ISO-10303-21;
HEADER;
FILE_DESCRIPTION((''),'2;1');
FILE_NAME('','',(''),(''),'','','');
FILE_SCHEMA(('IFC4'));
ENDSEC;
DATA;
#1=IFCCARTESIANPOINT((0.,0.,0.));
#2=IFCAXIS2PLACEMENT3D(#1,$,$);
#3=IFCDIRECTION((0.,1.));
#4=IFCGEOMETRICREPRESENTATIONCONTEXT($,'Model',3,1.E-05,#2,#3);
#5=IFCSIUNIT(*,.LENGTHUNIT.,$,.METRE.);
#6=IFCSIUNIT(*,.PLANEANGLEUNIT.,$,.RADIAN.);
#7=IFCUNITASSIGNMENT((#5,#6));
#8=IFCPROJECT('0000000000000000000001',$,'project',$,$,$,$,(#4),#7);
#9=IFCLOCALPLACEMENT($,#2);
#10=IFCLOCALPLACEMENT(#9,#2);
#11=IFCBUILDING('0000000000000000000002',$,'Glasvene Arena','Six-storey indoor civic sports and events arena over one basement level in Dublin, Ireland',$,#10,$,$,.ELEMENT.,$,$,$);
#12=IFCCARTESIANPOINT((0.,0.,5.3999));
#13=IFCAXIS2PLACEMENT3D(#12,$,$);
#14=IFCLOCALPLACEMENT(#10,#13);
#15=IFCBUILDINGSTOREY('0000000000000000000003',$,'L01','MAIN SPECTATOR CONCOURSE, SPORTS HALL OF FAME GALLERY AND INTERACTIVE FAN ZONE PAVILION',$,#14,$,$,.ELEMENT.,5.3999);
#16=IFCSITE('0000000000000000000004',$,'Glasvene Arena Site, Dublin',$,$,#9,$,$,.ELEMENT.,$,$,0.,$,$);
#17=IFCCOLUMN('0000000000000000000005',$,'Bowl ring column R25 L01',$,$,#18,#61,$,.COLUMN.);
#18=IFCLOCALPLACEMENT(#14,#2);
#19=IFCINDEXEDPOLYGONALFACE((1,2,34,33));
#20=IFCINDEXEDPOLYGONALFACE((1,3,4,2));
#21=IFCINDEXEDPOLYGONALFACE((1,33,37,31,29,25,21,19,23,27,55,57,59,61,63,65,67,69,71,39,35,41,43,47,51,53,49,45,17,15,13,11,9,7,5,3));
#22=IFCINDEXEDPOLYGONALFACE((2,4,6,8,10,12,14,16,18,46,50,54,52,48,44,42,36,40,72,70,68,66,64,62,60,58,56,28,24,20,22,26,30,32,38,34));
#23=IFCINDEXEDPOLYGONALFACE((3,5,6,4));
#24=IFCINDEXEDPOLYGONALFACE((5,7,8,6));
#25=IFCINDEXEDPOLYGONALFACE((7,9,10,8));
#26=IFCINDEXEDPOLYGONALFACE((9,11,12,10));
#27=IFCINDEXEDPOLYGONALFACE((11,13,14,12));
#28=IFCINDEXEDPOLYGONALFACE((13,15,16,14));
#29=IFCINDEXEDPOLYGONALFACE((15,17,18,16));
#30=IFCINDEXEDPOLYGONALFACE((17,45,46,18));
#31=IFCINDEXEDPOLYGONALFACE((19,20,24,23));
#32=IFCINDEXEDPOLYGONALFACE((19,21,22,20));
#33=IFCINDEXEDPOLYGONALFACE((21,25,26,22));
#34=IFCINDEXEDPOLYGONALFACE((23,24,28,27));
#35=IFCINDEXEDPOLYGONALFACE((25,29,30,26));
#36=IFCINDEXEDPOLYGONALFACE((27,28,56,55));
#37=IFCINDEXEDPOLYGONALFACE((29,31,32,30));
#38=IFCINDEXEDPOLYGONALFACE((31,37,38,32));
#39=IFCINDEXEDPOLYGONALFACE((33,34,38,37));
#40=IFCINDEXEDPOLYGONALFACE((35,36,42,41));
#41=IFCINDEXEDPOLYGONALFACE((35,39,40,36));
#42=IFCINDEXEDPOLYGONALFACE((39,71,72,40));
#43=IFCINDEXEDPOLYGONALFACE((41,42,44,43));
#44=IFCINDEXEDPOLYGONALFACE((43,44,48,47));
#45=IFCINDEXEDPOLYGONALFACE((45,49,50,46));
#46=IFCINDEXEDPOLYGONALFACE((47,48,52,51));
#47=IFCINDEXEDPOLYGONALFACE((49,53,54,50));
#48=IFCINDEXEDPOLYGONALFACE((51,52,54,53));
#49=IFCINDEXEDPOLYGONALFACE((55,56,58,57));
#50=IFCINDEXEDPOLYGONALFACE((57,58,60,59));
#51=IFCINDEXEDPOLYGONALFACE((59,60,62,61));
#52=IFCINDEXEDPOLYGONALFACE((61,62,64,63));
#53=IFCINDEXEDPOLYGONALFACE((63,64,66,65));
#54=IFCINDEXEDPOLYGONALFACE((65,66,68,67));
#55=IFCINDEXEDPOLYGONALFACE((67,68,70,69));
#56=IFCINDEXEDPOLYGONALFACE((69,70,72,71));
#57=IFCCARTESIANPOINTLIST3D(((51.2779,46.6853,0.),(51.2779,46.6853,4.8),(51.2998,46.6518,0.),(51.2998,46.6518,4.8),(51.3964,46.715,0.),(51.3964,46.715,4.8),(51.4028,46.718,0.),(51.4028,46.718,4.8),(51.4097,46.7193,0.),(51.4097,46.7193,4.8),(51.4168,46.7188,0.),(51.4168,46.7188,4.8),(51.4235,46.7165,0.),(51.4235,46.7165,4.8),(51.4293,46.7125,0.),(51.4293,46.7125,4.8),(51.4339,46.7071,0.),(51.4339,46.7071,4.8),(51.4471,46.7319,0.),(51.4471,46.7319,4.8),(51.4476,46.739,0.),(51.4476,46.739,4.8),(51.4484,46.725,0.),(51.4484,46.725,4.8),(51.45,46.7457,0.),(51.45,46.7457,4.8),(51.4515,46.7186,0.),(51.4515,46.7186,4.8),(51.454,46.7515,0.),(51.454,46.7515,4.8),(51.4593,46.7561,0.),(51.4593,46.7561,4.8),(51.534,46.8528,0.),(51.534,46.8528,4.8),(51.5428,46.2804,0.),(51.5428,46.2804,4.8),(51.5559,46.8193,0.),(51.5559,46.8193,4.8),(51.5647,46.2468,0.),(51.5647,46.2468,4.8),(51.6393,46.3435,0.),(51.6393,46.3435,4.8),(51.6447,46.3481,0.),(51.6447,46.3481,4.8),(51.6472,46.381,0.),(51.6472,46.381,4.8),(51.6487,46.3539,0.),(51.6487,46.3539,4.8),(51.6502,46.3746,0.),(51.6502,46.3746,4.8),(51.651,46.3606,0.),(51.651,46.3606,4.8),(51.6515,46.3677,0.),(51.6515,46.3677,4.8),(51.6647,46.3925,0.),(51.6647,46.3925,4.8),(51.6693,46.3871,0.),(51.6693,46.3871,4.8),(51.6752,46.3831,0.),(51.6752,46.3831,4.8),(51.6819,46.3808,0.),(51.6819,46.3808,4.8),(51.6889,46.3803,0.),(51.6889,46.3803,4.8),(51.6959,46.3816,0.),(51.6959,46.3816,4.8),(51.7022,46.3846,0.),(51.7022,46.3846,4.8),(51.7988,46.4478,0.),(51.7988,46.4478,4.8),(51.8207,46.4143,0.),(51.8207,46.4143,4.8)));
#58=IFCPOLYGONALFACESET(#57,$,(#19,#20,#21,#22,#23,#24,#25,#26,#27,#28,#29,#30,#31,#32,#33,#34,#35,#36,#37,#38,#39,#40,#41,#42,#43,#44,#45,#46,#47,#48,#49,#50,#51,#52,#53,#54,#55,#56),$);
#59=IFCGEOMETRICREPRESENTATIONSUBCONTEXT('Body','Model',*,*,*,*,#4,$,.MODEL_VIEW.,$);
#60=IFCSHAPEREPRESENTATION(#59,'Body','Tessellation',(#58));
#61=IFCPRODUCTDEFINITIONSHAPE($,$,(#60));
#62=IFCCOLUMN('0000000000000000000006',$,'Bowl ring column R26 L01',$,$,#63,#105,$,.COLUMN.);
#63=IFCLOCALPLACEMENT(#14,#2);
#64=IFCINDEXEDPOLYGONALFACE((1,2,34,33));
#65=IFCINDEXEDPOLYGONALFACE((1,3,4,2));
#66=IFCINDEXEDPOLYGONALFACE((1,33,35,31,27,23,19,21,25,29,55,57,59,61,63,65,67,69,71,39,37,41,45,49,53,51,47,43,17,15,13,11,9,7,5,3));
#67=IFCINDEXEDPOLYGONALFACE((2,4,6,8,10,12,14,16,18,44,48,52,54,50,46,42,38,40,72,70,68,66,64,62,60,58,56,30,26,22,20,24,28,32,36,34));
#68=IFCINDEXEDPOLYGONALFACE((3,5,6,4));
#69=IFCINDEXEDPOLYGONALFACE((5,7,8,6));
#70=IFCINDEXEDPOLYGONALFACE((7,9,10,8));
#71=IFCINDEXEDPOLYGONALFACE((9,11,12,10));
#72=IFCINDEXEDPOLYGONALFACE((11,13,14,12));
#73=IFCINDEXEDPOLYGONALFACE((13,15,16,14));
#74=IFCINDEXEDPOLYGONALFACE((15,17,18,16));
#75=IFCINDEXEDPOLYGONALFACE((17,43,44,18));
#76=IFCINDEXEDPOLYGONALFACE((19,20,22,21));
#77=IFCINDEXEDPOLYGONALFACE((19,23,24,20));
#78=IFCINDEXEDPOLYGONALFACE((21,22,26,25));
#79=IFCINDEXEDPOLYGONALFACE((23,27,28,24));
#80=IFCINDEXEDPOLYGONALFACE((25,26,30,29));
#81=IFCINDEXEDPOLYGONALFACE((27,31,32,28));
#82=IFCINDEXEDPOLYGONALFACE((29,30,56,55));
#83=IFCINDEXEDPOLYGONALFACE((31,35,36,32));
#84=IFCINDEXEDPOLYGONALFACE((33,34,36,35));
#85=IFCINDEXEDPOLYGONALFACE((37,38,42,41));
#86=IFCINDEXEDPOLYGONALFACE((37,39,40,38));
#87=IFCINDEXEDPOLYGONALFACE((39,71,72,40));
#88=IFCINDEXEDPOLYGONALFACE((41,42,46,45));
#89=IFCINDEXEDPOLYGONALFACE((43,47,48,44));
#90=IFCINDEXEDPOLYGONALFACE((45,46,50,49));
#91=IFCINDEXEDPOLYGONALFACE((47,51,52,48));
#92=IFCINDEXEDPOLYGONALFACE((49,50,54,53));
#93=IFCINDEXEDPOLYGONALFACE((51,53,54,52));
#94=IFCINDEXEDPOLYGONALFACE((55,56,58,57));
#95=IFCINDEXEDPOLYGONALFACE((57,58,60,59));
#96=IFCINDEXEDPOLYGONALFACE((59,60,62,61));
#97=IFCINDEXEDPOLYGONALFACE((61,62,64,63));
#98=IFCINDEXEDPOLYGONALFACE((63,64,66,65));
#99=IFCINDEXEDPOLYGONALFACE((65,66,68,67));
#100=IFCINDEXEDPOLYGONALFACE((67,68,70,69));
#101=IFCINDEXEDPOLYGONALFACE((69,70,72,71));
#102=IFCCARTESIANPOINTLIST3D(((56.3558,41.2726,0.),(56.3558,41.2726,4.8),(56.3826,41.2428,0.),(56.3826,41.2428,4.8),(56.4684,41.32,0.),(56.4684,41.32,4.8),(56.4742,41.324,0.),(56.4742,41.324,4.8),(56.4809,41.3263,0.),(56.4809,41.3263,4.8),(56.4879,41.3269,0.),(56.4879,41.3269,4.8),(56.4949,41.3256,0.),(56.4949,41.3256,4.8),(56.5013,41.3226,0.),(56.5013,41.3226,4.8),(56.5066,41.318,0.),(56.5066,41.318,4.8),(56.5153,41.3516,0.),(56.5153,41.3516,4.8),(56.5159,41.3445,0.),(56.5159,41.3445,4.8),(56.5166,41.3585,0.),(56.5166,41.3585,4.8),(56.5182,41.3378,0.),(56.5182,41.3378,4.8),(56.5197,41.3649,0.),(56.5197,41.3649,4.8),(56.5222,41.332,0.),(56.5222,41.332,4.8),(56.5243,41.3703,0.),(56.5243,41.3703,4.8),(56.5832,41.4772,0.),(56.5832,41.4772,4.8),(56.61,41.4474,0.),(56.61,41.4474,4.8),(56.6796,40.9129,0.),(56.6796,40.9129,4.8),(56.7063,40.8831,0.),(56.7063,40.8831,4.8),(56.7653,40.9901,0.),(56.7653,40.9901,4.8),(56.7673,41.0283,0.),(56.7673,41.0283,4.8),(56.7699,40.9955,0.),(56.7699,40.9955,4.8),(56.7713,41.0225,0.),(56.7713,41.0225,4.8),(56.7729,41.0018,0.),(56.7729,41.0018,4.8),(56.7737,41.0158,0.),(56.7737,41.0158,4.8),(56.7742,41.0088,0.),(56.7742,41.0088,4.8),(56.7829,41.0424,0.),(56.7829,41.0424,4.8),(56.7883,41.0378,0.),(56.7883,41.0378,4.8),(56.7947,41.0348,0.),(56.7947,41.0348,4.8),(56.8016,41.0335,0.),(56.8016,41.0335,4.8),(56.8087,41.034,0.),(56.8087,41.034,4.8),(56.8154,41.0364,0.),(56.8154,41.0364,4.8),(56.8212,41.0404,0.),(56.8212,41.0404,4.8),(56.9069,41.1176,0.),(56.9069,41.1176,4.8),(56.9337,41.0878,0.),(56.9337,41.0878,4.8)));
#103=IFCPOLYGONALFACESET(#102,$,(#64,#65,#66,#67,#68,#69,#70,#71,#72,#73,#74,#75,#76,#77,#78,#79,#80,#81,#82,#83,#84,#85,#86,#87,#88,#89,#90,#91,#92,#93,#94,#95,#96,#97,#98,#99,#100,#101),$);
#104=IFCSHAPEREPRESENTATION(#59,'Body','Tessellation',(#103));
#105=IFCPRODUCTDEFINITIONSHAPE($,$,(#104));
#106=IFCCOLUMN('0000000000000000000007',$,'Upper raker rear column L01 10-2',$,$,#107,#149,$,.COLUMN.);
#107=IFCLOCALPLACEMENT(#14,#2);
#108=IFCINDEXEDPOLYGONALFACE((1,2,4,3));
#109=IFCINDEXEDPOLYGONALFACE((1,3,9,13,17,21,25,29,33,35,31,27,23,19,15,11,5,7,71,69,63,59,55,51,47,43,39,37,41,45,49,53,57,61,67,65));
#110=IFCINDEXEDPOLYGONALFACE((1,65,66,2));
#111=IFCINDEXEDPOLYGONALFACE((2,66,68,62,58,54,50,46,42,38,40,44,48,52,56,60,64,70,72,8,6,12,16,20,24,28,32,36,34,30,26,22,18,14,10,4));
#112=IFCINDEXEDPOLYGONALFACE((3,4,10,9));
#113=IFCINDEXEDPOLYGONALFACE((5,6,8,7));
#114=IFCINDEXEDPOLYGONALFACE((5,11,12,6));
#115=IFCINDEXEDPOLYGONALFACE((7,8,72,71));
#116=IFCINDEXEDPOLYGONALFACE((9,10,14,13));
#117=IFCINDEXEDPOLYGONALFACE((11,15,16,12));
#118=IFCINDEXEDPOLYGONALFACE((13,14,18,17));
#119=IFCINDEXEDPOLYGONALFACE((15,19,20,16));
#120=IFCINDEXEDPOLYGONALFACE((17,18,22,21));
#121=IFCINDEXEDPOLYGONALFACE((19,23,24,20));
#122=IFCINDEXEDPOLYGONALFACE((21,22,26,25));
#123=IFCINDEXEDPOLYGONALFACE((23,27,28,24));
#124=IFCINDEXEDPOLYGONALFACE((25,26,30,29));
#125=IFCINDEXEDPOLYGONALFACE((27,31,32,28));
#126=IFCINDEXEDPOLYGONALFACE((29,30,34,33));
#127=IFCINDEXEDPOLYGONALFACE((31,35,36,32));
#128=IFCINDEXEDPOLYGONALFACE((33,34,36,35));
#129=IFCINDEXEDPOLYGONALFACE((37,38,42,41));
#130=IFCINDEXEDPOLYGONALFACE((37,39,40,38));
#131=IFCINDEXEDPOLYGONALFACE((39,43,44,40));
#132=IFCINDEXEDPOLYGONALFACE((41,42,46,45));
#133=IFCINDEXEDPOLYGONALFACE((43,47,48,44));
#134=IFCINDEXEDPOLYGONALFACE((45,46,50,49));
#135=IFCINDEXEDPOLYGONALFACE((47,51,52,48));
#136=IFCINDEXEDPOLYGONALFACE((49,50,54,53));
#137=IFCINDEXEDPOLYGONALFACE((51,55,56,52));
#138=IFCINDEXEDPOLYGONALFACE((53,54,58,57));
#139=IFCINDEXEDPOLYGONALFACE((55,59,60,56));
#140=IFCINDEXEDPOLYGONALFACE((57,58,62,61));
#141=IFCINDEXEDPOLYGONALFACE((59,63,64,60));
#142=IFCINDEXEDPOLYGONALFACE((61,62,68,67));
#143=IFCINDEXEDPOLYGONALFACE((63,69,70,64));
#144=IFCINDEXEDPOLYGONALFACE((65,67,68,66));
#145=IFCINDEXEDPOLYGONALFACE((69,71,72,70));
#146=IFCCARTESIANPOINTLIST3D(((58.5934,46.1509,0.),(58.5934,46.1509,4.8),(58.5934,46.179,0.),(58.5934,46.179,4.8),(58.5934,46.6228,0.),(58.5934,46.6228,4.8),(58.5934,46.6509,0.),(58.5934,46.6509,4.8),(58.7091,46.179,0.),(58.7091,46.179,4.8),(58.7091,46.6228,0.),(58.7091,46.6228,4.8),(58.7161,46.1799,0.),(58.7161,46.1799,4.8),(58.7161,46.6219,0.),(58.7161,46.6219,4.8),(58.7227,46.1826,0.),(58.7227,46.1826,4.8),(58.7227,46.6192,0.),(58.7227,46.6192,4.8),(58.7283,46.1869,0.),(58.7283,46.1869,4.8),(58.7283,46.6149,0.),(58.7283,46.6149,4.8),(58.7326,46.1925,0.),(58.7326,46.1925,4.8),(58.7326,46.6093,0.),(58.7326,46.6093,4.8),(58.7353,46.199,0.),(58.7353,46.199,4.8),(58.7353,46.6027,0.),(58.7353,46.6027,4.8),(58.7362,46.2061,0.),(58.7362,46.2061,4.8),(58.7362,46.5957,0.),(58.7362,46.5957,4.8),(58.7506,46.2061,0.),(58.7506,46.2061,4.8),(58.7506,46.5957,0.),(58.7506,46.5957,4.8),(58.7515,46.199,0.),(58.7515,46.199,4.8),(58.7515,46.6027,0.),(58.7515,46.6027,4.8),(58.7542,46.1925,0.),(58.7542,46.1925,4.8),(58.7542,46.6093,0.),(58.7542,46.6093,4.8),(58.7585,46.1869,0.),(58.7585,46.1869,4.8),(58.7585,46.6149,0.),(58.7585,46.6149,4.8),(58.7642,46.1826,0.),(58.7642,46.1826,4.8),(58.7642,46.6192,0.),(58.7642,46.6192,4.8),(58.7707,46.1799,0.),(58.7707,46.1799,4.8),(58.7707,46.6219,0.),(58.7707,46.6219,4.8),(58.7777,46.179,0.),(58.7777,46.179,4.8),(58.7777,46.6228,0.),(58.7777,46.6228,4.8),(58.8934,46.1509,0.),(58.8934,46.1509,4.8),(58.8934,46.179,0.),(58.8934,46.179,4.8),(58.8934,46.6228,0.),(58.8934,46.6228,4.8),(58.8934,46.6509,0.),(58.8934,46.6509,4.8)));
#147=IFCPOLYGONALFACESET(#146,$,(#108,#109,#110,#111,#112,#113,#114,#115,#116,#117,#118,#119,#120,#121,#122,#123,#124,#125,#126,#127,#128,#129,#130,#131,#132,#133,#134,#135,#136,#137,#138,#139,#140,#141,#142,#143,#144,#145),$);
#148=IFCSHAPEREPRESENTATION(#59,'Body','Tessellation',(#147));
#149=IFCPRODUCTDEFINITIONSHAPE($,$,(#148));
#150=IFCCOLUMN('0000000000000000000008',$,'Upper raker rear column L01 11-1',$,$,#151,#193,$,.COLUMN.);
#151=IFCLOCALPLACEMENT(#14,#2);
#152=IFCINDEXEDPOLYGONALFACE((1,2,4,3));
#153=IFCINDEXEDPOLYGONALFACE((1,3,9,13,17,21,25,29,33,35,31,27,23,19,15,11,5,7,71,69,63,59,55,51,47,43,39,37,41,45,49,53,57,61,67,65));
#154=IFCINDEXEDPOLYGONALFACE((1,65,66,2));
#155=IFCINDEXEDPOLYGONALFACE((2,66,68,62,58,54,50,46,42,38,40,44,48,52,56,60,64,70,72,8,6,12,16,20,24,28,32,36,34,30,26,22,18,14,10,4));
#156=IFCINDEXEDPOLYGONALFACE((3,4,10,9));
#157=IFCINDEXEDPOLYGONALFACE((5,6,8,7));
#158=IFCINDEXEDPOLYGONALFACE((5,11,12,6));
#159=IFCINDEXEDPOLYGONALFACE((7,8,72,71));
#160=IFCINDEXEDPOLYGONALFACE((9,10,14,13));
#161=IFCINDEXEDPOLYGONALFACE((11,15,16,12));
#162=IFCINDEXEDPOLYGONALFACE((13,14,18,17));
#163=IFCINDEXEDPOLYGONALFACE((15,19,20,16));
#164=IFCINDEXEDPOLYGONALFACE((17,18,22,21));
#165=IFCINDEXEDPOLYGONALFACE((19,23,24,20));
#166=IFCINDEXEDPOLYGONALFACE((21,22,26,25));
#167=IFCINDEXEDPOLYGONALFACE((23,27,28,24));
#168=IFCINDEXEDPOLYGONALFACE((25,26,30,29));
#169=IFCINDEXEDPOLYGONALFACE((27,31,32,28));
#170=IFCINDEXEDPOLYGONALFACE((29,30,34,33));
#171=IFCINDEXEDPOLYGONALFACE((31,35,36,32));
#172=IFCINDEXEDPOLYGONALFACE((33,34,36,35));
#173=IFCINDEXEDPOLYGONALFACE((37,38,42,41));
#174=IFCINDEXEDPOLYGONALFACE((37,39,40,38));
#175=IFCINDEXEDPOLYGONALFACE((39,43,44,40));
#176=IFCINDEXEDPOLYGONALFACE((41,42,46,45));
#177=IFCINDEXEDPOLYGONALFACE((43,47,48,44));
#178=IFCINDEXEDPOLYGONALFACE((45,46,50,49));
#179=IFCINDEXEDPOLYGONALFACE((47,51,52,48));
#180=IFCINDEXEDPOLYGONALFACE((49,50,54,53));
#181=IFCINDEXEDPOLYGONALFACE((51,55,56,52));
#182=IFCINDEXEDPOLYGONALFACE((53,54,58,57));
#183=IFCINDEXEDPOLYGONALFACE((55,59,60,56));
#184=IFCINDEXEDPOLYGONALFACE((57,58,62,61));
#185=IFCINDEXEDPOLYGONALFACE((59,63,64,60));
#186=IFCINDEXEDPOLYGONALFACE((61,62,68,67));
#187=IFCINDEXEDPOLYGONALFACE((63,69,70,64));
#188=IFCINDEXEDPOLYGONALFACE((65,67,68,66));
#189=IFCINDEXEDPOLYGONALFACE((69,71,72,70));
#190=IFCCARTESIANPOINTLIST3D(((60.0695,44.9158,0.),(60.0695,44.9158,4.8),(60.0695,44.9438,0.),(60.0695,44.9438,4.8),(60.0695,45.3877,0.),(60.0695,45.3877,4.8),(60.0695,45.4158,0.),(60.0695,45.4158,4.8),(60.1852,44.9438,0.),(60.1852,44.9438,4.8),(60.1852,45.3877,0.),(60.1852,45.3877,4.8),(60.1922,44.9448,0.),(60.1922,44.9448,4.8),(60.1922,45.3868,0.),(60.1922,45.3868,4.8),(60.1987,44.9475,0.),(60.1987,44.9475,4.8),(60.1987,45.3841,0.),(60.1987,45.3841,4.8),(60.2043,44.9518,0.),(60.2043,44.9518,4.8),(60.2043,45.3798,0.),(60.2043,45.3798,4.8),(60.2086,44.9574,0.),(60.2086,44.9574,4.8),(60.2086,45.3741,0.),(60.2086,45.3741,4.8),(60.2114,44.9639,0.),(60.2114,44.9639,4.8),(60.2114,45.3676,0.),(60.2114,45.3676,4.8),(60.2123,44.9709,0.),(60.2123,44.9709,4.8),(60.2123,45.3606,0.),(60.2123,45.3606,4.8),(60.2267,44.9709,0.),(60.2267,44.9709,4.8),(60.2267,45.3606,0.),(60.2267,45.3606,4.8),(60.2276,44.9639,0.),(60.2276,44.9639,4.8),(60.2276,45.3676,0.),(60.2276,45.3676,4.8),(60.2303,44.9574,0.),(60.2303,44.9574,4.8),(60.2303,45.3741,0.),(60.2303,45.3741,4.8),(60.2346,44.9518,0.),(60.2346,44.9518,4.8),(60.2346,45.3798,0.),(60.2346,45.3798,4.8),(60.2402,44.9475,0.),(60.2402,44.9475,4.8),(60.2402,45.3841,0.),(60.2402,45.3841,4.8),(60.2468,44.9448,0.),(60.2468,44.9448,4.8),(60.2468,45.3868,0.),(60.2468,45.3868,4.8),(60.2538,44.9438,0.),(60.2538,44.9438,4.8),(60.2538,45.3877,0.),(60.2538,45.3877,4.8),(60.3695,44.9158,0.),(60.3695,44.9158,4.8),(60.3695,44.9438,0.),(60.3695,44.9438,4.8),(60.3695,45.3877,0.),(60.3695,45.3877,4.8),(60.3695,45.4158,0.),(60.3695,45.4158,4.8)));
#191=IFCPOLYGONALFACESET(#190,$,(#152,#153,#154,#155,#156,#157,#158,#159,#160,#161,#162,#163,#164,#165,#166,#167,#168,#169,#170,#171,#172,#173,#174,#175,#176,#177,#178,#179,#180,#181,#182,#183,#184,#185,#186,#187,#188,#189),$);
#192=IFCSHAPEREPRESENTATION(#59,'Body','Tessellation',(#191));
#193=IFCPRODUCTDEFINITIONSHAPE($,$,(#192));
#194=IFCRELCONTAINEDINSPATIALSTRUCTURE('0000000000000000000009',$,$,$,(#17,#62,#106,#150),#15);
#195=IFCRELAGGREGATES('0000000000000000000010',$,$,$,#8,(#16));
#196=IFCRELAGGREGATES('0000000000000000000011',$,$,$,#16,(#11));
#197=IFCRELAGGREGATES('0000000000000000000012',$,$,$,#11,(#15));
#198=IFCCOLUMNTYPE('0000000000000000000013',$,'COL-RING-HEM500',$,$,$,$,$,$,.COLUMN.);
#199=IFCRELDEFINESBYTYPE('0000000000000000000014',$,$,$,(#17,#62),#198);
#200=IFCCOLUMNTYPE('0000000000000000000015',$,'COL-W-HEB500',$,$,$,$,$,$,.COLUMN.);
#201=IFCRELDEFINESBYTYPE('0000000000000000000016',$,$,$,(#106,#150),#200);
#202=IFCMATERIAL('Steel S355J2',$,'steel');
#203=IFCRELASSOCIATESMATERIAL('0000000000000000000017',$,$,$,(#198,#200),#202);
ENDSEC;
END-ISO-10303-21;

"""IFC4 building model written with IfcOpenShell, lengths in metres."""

from ifc_helpers import new_model, si_unit, direction, frame, origin, origin_2d, place, context, subcontext, project, spatial, i_section, extrude, material, material_profile, profile_set, type_object, element, save


model = new_model("IFC4")

# Units and contexts
model_context = context("Model", 3, precision=1e-05, world=origin(), true_north=direction((0.0, 1.0)))
body_context = subcontext(model_context, "Body", "Model", "MODEL_VIEW")
ifc_project = project(units=[si_unit("LENGTHUNIT", "METRE"), si_unit("PLANEANGLEUNIT", "RADIAN")], contexts=[model_context])

# Site, building, storey
site_placement = place(None, origin())
site = spatial("IfcSite", under=ifc_project, at=site_placement, Name="Glasvene Arena Site, Dublin", CompositionType="ELEMENT", RefElevation=0.0)
building_placement = place(site_placement, origin())
building = spatial("IfcBuilding", under=site, at=building_placement, Name="Glasvene Arena", Description="Six-storey indoor civic sports and events arena over one basement level in Dublin, Ireland", CompositionType="ELEMENT")
storey_placement = place(building_placement, frame((0.0, 0.0, 5.3999)))
storey = spatial("IfcBuildingStorey", under=building, at=storey_placement, Name="L01", Description="MAIN SPECTATOR CONCOURSE, SPORTS HALL OF FAME GALLERY AND INTERACTIVE FAN ZONE PAVILION", CompositionType="ELEMENT", Elevation=5.3999)

# Columns
ifc_material_1 = material(Name="Steel S355J2", Category="steel")
ifc_material_profile_1 = material_profile(ifc_material_1, i_section(OverallWidth=0.3059, OverallDepth=0.5239, WebThickness=0.021, FlangeThickness=0.04, FilletRadius=0.0271, at=origin_2d()), Name="HEM 500")
ifc_profile_set_1 = profile_set([ifc_material_profile_1], Name="Steel S355J2")
column_type_1 = type_object("IfcColumnType", Name="COL-RING-HEM500", PredefinedType="COLUMN", material=ifc_profile_set_1)
for number, where, z_axis, x_axis, name in (
    (1, (51.5493, 46.5498, 0.0), (0.0, 0.0, 1.0), (-0.836955, -0.547271, 0.0), "Bowl ring column R25 L01"),
    (2, (56.6448, 41.1802, 0.0), (0.0, 0.0, 1.0), (-0.743262, -0.669001, 0.0), "Bowl ring column R26 L01"),
):
    element("IfcColumn", number, at=place(storey_placement, frame(where, z_axis=z_axis, x_axis=x_axis)), inside=storey, type_object=column_type_1, Name=name, PredefinedType="COLUMN", context=body_context, shape_type="SweptSolid", body=[
        extrude(i_section(OverallWidth=0.3059, OverallDepth=0.5239, WebThickness=0.021, FlangeThickness=0.04, FilletRadius=0.0271, at=origin_2d()), origin(), (0.0, 0.0, 1.0), 4.8),
    ])
ifc_material_profile_2 = material_profile(ifc_material_1, i_section(OverallWidth=0.3, OverallDepth=0.5, WebThickness=0.0144, FlangeThickness=0.0281, FilletRadius=0.0271, at=origin_2d()), Name="HEB 500")
ifc_profile_set_2 = profile_set([ifc_material_profile_2], Name="Steel S355J2")
column_type_2 = type_object("IfcColumnType", Name="COL-W-HEB500", PredefinedType="COLUMN", material=ifc_profile_set_2)
for number, where, z_axis, x_axis, name in (
    (3, (58.7434, 46.4009, 0.0), (0.0, 0.0, 1.0), (1.0, 0.0, 0.0), "Upper raker rear column L01 10-2"),
    (4, (60.2195, 45.1658, 0.0), (0.0, 0.0, 1.0), (1.0, 0.0, 0.0), "Upper raker rear column L01 11-1"),
):
    element("IfcColumn", number, at=place(storey_placement, frame(where, z_axis=z_axis, x_axis=x_axis)), inside=storey, type_object=column_type_2, Name=name, PredefinedType="COLUMN", context=body_context, shape_type="SweptSolid", body=[
        extrude(i_section(OverallWidth=0.3, OverallDepth=0.5, WebThickness=0.0144, FlangeThickness=0.0281, FilletRadius=0.0271, at=origin_2d()), origin(), (0.0, 0.0, 1.0), 4.8),
    ])

save(model, "model.ifc")
